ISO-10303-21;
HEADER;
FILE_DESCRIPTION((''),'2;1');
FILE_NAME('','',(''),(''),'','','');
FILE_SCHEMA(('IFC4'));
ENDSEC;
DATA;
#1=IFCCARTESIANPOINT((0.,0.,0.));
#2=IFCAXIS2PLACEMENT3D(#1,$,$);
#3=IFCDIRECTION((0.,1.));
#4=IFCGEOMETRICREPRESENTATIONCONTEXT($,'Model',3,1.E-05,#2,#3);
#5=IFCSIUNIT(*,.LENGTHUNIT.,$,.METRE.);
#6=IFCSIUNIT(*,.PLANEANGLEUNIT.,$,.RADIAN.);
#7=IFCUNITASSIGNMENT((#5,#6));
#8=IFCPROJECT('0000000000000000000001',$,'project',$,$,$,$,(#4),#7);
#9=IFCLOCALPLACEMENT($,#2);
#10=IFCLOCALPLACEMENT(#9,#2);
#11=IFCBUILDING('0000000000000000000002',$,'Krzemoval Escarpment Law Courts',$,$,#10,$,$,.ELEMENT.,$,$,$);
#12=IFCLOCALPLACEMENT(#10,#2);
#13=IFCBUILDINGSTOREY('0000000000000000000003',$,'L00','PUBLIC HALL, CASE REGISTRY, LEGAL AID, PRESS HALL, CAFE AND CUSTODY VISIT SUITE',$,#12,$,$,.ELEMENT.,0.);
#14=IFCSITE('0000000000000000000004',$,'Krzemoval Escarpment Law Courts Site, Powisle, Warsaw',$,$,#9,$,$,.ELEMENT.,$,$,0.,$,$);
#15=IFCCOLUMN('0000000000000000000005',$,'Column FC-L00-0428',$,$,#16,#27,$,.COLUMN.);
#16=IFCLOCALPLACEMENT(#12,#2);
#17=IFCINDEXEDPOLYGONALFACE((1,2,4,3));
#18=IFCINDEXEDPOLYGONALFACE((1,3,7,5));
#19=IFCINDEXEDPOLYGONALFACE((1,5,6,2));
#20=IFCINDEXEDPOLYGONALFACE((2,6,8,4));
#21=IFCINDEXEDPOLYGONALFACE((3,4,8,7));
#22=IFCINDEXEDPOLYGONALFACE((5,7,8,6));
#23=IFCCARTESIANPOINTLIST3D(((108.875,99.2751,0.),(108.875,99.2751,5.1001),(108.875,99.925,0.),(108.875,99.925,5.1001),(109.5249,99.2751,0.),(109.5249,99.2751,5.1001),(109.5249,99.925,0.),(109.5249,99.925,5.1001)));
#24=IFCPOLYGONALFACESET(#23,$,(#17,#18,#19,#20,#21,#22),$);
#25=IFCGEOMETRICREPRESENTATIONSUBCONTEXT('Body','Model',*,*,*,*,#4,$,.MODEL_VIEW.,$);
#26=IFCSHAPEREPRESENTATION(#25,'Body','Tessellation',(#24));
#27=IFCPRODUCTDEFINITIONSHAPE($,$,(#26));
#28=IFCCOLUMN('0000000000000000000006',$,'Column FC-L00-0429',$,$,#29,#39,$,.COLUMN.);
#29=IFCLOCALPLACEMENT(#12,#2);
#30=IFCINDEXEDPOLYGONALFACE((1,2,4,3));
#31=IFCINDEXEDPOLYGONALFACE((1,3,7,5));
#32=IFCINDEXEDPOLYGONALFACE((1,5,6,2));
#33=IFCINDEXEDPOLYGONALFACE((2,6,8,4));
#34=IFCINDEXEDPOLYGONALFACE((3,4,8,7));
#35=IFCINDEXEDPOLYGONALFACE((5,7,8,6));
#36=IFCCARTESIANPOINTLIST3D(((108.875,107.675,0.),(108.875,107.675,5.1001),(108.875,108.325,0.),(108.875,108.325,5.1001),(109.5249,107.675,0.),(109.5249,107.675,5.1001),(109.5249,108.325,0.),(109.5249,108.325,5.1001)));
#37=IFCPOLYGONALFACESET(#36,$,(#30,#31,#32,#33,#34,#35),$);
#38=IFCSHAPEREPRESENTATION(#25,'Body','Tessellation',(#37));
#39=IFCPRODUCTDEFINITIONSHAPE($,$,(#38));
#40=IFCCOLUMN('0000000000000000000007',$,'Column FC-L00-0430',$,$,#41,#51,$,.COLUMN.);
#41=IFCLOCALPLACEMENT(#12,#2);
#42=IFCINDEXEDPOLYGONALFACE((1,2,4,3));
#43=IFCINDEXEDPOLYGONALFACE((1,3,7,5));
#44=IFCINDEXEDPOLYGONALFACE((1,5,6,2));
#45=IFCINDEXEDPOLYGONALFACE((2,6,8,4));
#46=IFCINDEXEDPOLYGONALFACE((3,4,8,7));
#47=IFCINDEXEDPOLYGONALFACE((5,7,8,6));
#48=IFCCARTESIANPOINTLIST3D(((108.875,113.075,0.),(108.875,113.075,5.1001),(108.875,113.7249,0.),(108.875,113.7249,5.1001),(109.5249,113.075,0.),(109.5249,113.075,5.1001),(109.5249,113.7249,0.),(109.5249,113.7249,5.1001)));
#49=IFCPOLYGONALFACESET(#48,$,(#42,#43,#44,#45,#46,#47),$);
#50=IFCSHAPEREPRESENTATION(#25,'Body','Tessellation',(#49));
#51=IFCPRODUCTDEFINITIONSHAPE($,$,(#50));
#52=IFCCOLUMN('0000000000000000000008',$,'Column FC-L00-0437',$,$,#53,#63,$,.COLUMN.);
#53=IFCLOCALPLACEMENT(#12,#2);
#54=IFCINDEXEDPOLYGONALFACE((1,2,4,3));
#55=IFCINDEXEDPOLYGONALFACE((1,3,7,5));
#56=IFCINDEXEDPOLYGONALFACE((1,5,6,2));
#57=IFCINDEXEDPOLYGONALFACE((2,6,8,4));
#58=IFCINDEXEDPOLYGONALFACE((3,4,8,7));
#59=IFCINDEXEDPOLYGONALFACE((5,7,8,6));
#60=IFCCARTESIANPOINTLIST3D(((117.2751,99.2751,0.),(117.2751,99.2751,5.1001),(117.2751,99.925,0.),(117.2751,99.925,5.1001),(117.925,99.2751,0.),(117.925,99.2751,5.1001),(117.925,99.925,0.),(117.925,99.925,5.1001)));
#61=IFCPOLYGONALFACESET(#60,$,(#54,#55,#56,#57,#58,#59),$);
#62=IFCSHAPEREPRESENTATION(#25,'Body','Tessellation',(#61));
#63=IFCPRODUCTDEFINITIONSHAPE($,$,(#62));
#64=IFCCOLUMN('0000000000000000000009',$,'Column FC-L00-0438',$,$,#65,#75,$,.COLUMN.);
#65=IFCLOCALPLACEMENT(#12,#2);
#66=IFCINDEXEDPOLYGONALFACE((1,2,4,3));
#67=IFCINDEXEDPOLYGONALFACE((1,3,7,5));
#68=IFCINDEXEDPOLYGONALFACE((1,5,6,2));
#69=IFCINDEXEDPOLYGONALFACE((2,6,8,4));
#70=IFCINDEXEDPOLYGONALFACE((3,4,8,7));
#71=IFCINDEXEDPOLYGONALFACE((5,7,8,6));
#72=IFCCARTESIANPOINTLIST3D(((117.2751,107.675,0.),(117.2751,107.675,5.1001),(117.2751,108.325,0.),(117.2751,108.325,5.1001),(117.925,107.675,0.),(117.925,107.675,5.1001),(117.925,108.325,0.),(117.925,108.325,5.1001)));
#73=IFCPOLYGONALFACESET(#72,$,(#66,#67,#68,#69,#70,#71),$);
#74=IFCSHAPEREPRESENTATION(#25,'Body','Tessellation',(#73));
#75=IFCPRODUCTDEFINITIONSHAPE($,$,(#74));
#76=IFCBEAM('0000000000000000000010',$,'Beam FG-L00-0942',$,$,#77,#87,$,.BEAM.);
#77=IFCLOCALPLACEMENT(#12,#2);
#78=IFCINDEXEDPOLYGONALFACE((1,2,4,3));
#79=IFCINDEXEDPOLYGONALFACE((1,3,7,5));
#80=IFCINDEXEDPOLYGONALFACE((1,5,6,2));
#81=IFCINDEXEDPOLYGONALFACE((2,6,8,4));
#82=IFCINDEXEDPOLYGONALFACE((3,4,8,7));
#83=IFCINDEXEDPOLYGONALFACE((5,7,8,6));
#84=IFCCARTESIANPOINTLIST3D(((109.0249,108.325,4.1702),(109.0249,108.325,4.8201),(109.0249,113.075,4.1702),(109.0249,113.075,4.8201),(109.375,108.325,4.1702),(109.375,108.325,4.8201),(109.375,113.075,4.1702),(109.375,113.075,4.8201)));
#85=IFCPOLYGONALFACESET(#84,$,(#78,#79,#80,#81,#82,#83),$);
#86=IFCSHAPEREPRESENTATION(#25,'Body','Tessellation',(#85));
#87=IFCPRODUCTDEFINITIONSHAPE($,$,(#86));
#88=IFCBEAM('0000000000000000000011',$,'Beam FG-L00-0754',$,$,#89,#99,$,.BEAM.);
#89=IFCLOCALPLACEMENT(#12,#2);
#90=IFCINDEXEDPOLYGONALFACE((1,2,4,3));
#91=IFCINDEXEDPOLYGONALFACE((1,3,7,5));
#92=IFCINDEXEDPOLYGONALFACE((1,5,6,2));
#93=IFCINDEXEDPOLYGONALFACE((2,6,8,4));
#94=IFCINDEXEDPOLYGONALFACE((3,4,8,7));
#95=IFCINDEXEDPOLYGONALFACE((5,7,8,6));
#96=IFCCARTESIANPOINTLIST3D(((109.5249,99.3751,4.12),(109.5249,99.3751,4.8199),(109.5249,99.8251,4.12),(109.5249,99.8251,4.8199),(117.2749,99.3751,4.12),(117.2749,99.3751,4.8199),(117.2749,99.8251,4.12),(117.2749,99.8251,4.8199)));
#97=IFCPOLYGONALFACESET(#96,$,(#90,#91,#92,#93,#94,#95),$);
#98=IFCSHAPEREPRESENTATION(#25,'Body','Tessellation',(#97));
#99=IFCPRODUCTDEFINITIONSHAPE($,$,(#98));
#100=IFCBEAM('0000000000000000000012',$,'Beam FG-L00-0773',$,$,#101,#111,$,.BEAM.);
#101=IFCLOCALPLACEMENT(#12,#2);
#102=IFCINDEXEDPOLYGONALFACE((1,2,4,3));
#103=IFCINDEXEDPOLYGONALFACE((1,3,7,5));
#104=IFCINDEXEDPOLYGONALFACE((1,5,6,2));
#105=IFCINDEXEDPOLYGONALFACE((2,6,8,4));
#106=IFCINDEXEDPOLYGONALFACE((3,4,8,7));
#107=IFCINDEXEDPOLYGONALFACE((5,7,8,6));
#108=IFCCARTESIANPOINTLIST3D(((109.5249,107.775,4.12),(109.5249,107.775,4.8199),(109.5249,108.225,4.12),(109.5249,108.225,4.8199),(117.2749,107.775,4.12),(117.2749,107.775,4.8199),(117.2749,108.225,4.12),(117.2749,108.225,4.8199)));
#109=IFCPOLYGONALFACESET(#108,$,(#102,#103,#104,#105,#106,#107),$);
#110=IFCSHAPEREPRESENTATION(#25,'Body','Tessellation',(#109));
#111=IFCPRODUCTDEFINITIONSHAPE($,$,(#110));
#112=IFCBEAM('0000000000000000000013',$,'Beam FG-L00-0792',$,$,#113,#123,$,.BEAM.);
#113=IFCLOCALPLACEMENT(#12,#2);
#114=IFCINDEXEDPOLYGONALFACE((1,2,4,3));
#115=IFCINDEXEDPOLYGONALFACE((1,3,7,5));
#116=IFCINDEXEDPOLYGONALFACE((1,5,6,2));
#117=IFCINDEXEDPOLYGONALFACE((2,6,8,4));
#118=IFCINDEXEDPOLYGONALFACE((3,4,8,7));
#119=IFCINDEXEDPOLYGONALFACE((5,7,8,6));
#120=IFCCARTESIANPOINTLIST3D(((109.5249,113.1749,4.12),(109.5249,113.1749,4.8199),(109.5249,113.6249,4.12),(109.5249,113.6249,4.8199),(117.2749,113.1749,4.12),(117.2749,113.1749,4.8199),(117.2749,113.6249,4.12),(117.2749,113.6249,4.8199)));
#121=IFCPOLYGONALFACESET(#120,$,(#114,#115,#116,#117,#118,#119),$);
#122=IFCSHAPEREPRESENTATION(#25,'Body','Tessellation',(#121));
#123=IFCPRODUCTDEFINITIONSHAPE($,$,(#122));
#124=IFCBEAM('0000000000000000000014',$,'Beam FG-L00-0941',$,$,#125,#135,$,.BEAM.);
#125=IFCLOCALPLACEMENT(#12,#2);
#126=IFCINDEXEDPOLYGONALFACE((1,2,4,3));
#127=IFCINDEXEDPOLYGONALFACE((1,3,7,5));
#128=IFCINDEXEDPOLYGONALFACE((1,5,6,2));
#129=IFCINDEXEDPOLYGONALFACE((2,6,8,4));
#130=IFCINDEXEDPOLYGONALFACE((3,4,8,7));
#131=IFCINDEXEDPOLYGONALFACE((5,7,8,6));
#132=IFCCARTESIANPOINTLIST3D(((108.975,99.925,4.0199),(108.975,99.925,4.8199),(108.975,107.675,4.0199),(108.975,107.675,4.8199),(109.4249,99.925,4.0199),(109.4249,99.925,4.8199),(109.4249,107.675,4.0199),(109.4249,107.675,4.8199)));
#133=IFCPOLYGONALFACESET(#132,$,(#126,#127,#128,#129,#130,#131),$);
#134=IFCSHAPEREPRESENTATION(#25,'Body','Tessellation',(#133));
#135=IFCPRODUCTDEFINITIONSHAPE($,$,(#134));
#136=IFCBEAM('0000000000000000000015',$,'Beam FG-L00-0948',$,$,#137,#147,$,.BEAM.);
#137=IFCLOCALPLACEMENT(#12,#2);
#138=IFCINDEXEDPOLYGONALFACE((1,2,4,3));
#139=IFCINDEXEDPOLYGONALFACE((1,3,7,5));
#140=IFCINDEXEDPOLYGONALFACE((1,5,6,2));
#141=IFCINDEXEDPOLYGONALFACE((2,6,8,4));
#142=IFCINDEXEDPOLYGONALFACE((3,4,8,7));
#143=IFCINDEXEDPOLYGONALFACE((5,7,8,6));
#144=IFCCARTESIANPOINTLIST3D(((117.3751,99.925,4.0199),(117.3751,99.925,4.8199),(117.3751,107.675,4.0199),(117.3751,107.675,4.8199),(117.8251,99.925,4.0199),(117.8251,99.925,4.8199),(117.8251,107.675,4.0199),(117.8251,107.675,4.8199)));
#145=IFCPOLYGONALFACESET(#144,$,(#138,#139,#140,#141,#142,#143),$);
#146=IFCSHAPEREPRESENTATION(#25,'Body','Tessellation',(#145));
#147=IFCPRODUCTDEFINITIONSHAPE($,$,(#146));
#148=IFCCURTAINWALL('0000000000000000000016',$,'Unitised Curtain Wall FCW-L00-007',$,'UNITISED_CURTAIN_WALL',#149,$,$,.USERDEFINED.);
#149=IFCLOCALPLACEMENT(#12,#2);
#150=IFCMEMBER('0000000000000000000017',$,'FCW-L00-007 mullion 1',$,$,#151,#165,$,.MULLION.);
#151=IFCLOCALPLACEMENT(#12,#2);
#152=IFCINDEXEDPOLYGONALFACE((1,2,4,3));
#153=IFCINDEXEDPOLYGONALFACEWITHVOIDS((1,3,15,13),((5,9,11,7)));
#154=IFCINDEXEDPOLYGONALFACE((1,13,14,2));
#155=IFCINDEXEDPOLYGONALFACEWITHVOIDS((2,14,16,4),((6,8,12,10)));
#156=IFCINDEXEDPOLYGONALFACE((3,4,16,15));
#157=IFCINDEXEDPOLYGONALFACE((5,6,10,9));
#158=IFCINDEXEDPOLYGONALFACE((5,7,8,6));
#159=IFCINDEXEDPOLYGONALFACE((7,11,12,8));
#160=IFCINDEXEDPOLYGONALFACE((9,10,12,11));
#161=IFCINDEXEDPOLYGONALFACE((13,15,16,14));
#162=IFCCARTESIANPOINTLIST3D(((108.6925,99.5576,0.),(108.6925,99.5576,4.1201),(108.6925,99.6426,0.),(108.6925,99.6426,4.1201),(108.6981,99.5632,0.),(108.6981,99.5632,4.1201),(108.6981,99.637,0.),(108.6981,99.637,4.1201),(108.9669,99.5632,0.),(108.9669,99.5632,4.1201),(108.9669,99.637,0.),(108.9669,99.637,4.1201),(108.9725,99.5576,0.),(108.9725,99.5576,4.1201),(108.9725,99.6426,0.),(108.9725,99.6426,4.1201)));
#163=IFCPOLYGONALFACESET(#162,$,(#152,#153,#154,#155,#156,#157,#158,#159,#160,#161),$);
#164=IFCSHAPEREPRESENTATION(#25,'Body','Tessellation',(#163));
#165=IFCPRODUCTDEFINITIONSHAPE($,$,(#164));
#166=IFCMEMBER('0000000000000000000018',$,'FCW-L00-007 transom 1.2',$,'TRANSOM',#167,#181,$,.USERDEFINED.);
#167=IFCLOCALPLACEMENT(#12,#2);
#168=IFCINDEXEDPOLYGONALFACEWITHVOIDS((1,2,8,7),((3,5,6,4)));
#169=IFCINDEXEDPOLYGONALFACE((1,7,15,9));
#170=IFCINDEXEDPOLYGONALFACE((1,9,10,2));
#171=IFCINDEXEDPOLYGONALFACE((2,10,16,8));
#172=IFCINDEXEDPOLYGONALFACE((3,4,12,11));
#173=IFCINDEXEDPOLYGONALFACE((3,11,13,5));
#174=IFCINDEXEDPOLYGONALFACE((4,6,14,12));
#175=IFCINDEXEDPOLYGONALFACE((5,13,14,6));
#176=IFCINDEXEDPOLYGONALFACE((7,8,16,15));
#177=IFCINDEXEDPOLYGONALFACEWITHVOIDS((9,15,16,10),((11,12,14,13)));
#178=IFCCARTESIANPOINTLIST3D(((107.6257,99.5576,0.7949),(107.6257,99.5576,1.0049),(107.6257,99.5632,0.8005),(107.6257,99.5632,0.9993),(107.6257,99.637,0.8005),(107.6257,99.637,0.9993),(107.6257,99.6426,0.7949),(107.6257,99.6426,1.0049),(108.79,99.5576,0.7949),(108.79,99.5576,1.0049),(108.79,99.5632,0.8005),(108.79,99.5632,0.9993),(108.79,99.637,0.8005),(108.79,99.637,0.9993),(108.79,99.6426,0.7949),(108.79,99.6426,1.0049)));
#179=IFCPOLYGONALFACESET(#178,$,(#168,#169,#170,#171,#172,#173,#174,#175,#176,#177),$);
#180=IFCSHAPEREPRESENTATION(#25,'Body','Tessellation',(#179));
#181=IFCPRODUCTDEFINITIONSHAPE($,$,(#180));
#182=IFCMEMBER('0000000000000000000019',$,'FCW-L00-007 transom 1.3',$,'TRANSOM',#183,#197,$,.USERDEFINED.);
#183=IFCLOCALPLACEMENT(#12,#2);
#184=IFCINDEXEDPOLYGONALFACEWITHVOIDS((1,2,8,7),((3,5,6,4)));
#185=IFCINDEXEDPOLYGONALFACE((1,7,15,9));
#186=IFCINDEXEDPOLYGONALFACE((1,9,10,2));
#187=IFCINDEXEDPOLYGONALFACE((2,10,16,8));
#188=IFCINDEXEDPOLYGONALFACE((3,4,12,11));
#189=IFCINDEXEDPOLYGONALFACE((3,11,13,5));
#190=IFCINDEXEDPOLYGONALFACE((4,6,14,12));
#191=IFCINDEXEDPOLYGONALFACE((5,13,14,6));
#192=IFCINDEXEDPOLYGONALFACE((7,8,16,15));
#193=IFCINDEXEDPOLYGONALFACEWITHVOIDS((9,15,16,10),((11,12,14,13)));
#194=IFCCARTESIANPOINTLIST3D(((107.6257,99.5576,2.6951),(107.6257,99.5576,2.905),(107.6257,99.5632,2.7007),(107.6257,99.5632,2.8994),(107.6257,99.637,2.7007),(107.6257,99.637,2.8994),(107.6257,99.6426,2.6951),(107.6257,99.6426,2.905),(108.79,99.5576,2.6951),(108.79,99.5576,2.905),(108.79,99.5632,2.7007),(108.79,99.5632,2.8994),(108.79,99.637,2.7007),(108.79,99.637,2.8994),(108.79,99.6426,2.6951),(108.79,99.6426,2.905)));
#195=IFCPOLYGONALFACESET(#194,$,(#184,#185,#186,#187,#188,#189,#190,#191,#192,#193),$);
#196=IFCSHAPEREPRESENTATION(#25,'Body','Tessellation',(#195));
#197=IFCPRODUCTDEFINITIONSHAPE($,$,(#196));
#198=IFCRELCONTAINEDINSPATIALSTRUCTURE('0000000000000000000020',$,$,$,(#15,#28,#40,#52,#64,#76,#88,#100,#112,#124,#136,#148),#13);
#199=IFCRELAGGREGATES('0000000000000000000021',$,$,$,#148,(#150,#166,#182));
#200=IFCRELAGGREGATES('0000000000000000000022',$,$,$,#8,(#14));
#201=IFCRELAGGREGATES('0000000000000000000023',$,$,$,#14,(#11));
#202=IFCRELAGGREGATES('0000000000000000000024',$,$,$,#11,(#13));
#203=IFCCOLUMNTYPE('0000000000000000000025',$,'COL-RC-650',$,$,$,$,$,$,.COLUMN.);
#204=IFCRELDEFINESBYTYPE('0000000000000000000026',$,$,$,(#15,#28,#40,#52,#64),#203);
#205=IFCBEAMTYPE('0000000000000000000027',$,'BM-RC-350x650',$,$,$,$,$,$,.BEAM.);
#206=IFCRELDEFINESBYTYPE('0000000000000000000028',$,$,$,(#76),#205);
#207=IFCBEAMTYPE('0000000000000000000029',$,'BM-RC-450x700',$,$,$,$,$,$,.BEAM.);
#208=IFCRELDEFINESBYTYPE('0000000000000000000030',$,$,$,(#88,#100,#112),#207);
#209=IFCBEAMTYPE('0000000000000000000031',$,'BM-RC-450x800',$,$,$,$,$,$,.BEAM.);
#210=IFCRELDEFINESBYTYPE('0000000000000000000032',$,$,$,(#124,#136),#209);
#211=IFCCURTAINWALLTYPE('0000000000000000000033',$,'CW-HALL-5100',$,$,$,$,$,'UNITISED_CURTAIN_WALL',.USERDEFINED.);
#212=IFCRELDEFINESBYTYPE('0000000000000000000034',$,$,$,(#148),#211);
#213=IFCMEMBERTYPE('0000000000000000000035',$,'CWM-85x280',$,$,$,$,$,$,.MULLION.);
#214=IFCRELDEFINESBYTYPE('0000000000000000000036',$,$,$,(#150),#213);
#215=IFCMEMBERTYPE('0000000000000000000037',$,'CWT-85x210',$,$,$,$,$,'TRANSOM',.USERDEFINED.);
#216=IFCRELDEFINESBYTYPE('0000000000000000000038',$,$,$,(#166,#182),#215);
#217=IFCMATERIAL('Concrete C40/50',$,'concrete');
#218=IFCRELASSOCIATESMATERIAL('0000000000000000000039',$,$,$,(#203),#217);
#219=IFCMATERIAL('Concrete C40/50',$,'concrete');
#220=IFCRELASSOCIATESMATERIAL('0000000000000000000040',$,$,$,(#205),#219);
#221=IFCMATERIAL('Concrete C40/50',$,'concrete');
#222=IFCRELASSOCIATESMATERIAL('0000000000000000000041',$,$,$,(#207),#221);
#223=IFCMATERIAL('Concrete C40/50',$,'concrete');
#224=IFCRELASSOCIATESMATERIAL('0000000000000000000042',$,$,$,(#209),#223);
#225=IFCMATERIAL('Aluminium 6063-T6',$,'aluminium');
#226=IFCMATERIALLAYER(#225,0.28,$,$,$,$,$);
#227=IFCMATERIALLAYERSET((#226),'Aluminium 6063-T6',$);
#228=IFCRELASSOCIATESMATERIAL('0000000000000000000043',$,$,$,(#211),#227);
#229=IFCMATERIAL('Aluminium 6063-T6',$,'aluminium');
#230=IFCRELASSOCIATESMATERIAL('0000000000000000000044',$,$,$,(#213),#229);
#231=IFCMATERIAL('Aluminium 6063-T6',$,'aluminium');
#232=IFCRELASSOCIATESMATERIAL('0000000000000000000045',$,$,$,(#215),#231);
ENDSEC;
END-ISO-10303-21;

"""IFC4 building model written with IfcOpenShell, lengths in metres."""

from ifc_helpers import new_model, si_unit, direction, frame, origin, origin_2d, place, context, subcontext, project, spatial, rectangle, hollow_rectangle, extrude, material, layer, layer_set, material_profile, profile_set, type_object, element, aggregate, save


model = new_model("IFC4")

# Units and contexts
model_context = context("Model", 3, precision=1e-05, world=origin(), true_north=direction((0.0, 1.0)))
body_context = subcontext(model_context, "Body", "Model", "MODEL_VIEW")
ifc_project = project(units=[si_unit("LENGTHUNIT", "METRE"), si_unit("PLANEANGLEUNIT", "RADIAN")], contexts=[model_context])

# Site, building, storey
site_placement = place(None, origin())
site = spatial("IfcSite", under=ifc_project, at=site_placement, Name="Krzemoval Escarpment Law Courts Site, Powisle, Warsaw", CompositionType="ELEMENT", RefElevation=0.0)
building_placement = place(site_placement, origin())
building = spatial("IfcBuilding", under=site, at=building_placement, Name="Krzemoval Escarpment Law Courts", CompositionType="ELEMENT")
storey_placement = place(building_placement, origin())
storey = spatial("IfcBuildingStorey", under=building, at=storey_placement, Name="L00", Description="PUBLIC HALL, CASE REGISTRY, LEGAL AID, PRESS HALL, CAFE AND CUSTODY VISIT SUITE", CompositionType="ELEMENT", Elevation=0.0)

# Columns
ifc_material_1 = material(Name="Concrete C40/50", Category="concrete")
ifc_material_profile_1 = material_profile(ifc_material_1, rectangle(XDim=0.6499, YDim=0.6499, at=origin_2d()), Name="RC 650x650")
ifc_profile_set_1 = profile_set([ifc_material_profile_1], Name="Concrete C40/50")
column_type = type_object("IfcColumnType", Name="COL-RC-650", PredefinedType="COLUMN", material=ifc_profile_set_1)
for number, where, z_axis, x_axis, name in (
    (1, (109.2, 99.6001, 0.0), (0.0, 0.0, 1.0), (1.0, 0.0, 0.0), "Column FC-L00-0428"),
    (2, (109.2, 108.0, 0.0), (0.0, 0.0, 1.0), (1.0, 0.0, 0.0), "Column FC-L00-0429"),
    (3, (109.2, 113.3999, 0.0), (0.0, 0.0, 1.0), (1.0, 0.0, 0.0), "Column FC-L00-0430"),
    (4, (117.6001, 99.6001, 0.0), (0.0, 0.0, 1.0), (1.0, 0.0, 0.0), "Column FC-L00-0437"),
    (5, (117.6001, 108.0, 0.0), (0.0, 0.0, 1.0), (1.0, 0.0, 0.0), "Column FC-L00-0438"),
):
    element("IfcColumn", number, at=place(storey_placement, frame(where, z_axis=z_axis, x_axis=x_axis)), inside=storey, type_object=column_type, Name=name, PredefinedType="COLUMN", context=body_context, shape_type="SweptSolid", body=[
        extrude(rectangle(XDim=0.6499, YDim=0.6499, at=origin_2d()), origin(), (0.0, 0.0, 1.0), 5.1001),
    ])

# Beams
ifc_material_2 = material(Name="Concrete C40/50", Category="concrete")
ifc_material_profile_2 = material_profile(ifc_material_2, rectangle(XDim=0.3501, YDim=0.6499, at=origin_2d()), Name="RCB 350x650")
ifc_profile_set_2 = profile_set([ifc_material_profile_2], Name="Concrete C40/50")
beam_type_1 = type_object("IfcBeamType", Name="BM-RC-350x650", PredefinedType="BEAM", material=ifc_profile_set_2)
beam_1_placement = place(storey_placement, frame((109.2, 108.325, 4.4951), z_axis=(0.0, 1.0, 0.0), x_axis=(-1.0, 0.0, 0.0)))
element("IfcBeam", 6, at=beam_1_placement, inside=storey, type_object=beam_type_1, Name="Beam FG-L00-0942", PredefinedType="BEAM", context=body_context, shape_type="SweptSolid", body=[
    extrude(rectangle(XDim=0.3501, YDim=0.6499, at=origin_2d()), origin(), (0.0, 0.0, 1.0), 4.75),
])
ifc_material_3 = material(Name="Concrete C40/50", Category="concrete")
ifc_material_profile_3 = material_profile(ifc_material_3, rectangle(XDim=0.45, YDim=0.7, at=origin_2d()), Name="RCB 450x700")
ifc_profile_set_3 = profile_set([ifc_material_profile_3], Name="Concrete C40/50")
beam_type_2 = type_object("IfcBeamType", Name="BM-RC-450x700", PredefinedType="BEAM", material=ifc_profile_set_3)
for number, where, z_axis, x_axis, name in (
    (7, (109.5249, 99.6001, 4.47), (1.0, 0.0, 0.0), (0.0, 1.0, 0.0), "Beam FG-L00-0754"),
    (8, (109.5249, 108.0, 4.47), (1.0, 0.0, 0.0), (0.0, 1.0, 0.0), "Beam FG-L00-0773"),
    (9, (109.5249, 113.3999, 4.47), (1.0, 0.0, 0.0), (0.0, 1.0, 0.0), "Beam FG-L00-0792"),
):
    element("IfcBeam", number, at=place(storey_placement, frame(where, z_axis=z_axis, x_axis=x_axis)), inside=storey, type_object=beam_type_2, Name=name, PredefinedType="BEAM", context=body_context, shape_type="SweptSolid", body=[
        extrude(rectangle(XDim=0.45, YDim=0.7, at=origin_2d()), origin(), (0.0, 0.0, 1.0), 7.75),
    ])
ifc_material_4 = material(Name="Concrete C40/50", Category="concrete")
ifc_material_profile_4 = material_profile(ifc_material_4, rectangle(XDim=0.45, YDim=0.8, at=origin_2d()), Name="RCB 450x800")
ifc_profile_set_4 = profile_set([ifc_material_profile_4], Name="Concrete C40/50")
beam_type_3 = type_object("IfcBeamType", Name="BM-RC-450x800", PredefinedType="BEAM", material=ifc_profile_set_4)
for number, where, z_axis, x_axis, name in (
    (10, (109.2, 99.925, 4.4199), (0.0, 1.0, 0.0), (-1.0, 0.0, 0.0), "Beam FG-L00-0941"),
    (11, (117.6001, 99.925, 4.4199), (0.0, 1.0, 0.0), (-1.0, 0.0, 0.0), "Beam FG-L00-0948"),
):
    element("IfcBeam", number, at=place(storey_placement, frame(where, z_axis=z_axis, x_axis=x_axis)), inside=storey, type_object=beam_type_3, Name=name, PredefinedType="BEAM", context=body_context, shape_type="SweptSolid", body=[
        extrude(rectangle(XDim=0.45, YDim=0.8, at=origin_2d()), origin(), (0.0, 0.0, 1.0), 7.75),
    ])

# Curtain wall, members
ifc_material_5 = material(Name="Aluminium 6063-T6", Category="aluminium")
ifc_layer_1 = layer(ifc_material_5, 0.28)
ifc_layer_set_1 = layer_set([ifc_layer_1], Name="Aluminium 6063-T6")
curtain_wall_type = type_object("IfcCurtainWallType", Name="CW-HALL-5100", ElementType="UNITISED_CURTAIN_WALL", PredefinedType="USERDEFINED", material=ifc_layer_set_1)
curtain_wall_placement = place(storey_placement, origin())
curtain_wall = element("IfcCurtainWall", 12, at=curtain_wall_placement, inside=storey, type_object=curtain_wall_type, Name="Unitised Curtain Wall FCW-L00-007", ObjectType="UNITISED_CURTAIN_WALL", PredefinedType="USERDEFINED")
ifc_material_6 = material(Name="Aluminium 6063-T6", Category="aluminium")
ifc_material_profile_5 = material_profile(ifc_material_6, hollow_rectangle(XDim=0.085, YDim=0.28, WallThickness=0.0056, at=origin_2d()), Name="ALU M85x280")
ifc_profile_set_5 = profile_set([ifc_material_profile_5], Name="Aluminium 6063-T6")
member_type_1 = type_object("IfcMemberType", Name="CWM-85x280", PredefinedType="MULLION", material=ifc_profile_set_5)
member_1_placement = place(storey_placement, frame((108.8325, 99.6001, 0.0), z_axis=(0.0, 0.0, 1.0), x_axis=(0.0, -1.0, 0.0)))
member_1 = element("IfcMember", 13, at=member_1_placement, type_object=member_type_1, Name="FCW-L00-007 mullion 1", PredefinedType="MULLION", context=body_context, shape_type="SweptSolid", body=[
    extrude(hollow_rectangle(XDim=0.085, YDim=0.28, WallThickness=0.0056, at=origin_2d()), origin(), (0.0, 0.0, 1.0), 4.1201),
])
ifc_material_7 = material(Name="Aluminium 6063-T6", Category="aluminium")
ifc_material_profile_6 = material_profile(ifc_material_7, hollow_rectangle(XDim=0.085, YDim=0.21, WallThickness=0.0056, at=origin_2d()), Name="ALU T85x210")
ifc_profile_set_6 = profile_set([ifc_material_profile_6], Name="Aluminium 6063-T6")
member_type_2 = type_object("IfcMemberType", Name="CWT-85x210", ElementType="TRANSOM", PredefinedType="USERDEFINED", material=ifc_profile_set_6)
member_2_placement = place(storey_placement, frame((108.79, 99.6001, 0.8999), z_axis=(-1.0, 0.0, 0.0), x_axis=(0.0, -1.0, 0.0)))
member_2 = element("IfcMember", 14, at=member_2_placement, type_object=member_type_2, Name="FCW-L00-007 transom 1.2", ObjectType="TRANSOM", PredefinedType="USERDEFINED", context=body_context, shape_type="SweptSolid", body=[
    extrude(hollow_rectangle(XDim=0.085, YDim=0.21, WallThickness=0.0056, at=origin_2d()), origin(), (0.0, 0.0, 1.0), 1.1643),
])
member_3_placement = place(storey_placement, frame((108.79, 99.6001, 2.8), z_axis=(-1.0, 0.0, 0.0), x_axis=(0.0, -1.0, 0.0)))
member_3 = element("IfcMember", 15, at=member_3_placement, type_object=member_type_2, Name="FCW-L00-007 transom 1.3", ObjectType="TRANSOM", PredefinedType="USERDEFINED", context=body_context, shape_type="SweptSolid", body=[
    extrude(hollow_rectangle(XDim=0.085, YDim=0.21, WallThickness=0.0056, at=origin_2d()), origin(), (0.0, 0.0, 1.0), 1.1643),
])
aggregate(curtain_wall, [member_1, member_2, member_3])

save(model, "model.ifc")
